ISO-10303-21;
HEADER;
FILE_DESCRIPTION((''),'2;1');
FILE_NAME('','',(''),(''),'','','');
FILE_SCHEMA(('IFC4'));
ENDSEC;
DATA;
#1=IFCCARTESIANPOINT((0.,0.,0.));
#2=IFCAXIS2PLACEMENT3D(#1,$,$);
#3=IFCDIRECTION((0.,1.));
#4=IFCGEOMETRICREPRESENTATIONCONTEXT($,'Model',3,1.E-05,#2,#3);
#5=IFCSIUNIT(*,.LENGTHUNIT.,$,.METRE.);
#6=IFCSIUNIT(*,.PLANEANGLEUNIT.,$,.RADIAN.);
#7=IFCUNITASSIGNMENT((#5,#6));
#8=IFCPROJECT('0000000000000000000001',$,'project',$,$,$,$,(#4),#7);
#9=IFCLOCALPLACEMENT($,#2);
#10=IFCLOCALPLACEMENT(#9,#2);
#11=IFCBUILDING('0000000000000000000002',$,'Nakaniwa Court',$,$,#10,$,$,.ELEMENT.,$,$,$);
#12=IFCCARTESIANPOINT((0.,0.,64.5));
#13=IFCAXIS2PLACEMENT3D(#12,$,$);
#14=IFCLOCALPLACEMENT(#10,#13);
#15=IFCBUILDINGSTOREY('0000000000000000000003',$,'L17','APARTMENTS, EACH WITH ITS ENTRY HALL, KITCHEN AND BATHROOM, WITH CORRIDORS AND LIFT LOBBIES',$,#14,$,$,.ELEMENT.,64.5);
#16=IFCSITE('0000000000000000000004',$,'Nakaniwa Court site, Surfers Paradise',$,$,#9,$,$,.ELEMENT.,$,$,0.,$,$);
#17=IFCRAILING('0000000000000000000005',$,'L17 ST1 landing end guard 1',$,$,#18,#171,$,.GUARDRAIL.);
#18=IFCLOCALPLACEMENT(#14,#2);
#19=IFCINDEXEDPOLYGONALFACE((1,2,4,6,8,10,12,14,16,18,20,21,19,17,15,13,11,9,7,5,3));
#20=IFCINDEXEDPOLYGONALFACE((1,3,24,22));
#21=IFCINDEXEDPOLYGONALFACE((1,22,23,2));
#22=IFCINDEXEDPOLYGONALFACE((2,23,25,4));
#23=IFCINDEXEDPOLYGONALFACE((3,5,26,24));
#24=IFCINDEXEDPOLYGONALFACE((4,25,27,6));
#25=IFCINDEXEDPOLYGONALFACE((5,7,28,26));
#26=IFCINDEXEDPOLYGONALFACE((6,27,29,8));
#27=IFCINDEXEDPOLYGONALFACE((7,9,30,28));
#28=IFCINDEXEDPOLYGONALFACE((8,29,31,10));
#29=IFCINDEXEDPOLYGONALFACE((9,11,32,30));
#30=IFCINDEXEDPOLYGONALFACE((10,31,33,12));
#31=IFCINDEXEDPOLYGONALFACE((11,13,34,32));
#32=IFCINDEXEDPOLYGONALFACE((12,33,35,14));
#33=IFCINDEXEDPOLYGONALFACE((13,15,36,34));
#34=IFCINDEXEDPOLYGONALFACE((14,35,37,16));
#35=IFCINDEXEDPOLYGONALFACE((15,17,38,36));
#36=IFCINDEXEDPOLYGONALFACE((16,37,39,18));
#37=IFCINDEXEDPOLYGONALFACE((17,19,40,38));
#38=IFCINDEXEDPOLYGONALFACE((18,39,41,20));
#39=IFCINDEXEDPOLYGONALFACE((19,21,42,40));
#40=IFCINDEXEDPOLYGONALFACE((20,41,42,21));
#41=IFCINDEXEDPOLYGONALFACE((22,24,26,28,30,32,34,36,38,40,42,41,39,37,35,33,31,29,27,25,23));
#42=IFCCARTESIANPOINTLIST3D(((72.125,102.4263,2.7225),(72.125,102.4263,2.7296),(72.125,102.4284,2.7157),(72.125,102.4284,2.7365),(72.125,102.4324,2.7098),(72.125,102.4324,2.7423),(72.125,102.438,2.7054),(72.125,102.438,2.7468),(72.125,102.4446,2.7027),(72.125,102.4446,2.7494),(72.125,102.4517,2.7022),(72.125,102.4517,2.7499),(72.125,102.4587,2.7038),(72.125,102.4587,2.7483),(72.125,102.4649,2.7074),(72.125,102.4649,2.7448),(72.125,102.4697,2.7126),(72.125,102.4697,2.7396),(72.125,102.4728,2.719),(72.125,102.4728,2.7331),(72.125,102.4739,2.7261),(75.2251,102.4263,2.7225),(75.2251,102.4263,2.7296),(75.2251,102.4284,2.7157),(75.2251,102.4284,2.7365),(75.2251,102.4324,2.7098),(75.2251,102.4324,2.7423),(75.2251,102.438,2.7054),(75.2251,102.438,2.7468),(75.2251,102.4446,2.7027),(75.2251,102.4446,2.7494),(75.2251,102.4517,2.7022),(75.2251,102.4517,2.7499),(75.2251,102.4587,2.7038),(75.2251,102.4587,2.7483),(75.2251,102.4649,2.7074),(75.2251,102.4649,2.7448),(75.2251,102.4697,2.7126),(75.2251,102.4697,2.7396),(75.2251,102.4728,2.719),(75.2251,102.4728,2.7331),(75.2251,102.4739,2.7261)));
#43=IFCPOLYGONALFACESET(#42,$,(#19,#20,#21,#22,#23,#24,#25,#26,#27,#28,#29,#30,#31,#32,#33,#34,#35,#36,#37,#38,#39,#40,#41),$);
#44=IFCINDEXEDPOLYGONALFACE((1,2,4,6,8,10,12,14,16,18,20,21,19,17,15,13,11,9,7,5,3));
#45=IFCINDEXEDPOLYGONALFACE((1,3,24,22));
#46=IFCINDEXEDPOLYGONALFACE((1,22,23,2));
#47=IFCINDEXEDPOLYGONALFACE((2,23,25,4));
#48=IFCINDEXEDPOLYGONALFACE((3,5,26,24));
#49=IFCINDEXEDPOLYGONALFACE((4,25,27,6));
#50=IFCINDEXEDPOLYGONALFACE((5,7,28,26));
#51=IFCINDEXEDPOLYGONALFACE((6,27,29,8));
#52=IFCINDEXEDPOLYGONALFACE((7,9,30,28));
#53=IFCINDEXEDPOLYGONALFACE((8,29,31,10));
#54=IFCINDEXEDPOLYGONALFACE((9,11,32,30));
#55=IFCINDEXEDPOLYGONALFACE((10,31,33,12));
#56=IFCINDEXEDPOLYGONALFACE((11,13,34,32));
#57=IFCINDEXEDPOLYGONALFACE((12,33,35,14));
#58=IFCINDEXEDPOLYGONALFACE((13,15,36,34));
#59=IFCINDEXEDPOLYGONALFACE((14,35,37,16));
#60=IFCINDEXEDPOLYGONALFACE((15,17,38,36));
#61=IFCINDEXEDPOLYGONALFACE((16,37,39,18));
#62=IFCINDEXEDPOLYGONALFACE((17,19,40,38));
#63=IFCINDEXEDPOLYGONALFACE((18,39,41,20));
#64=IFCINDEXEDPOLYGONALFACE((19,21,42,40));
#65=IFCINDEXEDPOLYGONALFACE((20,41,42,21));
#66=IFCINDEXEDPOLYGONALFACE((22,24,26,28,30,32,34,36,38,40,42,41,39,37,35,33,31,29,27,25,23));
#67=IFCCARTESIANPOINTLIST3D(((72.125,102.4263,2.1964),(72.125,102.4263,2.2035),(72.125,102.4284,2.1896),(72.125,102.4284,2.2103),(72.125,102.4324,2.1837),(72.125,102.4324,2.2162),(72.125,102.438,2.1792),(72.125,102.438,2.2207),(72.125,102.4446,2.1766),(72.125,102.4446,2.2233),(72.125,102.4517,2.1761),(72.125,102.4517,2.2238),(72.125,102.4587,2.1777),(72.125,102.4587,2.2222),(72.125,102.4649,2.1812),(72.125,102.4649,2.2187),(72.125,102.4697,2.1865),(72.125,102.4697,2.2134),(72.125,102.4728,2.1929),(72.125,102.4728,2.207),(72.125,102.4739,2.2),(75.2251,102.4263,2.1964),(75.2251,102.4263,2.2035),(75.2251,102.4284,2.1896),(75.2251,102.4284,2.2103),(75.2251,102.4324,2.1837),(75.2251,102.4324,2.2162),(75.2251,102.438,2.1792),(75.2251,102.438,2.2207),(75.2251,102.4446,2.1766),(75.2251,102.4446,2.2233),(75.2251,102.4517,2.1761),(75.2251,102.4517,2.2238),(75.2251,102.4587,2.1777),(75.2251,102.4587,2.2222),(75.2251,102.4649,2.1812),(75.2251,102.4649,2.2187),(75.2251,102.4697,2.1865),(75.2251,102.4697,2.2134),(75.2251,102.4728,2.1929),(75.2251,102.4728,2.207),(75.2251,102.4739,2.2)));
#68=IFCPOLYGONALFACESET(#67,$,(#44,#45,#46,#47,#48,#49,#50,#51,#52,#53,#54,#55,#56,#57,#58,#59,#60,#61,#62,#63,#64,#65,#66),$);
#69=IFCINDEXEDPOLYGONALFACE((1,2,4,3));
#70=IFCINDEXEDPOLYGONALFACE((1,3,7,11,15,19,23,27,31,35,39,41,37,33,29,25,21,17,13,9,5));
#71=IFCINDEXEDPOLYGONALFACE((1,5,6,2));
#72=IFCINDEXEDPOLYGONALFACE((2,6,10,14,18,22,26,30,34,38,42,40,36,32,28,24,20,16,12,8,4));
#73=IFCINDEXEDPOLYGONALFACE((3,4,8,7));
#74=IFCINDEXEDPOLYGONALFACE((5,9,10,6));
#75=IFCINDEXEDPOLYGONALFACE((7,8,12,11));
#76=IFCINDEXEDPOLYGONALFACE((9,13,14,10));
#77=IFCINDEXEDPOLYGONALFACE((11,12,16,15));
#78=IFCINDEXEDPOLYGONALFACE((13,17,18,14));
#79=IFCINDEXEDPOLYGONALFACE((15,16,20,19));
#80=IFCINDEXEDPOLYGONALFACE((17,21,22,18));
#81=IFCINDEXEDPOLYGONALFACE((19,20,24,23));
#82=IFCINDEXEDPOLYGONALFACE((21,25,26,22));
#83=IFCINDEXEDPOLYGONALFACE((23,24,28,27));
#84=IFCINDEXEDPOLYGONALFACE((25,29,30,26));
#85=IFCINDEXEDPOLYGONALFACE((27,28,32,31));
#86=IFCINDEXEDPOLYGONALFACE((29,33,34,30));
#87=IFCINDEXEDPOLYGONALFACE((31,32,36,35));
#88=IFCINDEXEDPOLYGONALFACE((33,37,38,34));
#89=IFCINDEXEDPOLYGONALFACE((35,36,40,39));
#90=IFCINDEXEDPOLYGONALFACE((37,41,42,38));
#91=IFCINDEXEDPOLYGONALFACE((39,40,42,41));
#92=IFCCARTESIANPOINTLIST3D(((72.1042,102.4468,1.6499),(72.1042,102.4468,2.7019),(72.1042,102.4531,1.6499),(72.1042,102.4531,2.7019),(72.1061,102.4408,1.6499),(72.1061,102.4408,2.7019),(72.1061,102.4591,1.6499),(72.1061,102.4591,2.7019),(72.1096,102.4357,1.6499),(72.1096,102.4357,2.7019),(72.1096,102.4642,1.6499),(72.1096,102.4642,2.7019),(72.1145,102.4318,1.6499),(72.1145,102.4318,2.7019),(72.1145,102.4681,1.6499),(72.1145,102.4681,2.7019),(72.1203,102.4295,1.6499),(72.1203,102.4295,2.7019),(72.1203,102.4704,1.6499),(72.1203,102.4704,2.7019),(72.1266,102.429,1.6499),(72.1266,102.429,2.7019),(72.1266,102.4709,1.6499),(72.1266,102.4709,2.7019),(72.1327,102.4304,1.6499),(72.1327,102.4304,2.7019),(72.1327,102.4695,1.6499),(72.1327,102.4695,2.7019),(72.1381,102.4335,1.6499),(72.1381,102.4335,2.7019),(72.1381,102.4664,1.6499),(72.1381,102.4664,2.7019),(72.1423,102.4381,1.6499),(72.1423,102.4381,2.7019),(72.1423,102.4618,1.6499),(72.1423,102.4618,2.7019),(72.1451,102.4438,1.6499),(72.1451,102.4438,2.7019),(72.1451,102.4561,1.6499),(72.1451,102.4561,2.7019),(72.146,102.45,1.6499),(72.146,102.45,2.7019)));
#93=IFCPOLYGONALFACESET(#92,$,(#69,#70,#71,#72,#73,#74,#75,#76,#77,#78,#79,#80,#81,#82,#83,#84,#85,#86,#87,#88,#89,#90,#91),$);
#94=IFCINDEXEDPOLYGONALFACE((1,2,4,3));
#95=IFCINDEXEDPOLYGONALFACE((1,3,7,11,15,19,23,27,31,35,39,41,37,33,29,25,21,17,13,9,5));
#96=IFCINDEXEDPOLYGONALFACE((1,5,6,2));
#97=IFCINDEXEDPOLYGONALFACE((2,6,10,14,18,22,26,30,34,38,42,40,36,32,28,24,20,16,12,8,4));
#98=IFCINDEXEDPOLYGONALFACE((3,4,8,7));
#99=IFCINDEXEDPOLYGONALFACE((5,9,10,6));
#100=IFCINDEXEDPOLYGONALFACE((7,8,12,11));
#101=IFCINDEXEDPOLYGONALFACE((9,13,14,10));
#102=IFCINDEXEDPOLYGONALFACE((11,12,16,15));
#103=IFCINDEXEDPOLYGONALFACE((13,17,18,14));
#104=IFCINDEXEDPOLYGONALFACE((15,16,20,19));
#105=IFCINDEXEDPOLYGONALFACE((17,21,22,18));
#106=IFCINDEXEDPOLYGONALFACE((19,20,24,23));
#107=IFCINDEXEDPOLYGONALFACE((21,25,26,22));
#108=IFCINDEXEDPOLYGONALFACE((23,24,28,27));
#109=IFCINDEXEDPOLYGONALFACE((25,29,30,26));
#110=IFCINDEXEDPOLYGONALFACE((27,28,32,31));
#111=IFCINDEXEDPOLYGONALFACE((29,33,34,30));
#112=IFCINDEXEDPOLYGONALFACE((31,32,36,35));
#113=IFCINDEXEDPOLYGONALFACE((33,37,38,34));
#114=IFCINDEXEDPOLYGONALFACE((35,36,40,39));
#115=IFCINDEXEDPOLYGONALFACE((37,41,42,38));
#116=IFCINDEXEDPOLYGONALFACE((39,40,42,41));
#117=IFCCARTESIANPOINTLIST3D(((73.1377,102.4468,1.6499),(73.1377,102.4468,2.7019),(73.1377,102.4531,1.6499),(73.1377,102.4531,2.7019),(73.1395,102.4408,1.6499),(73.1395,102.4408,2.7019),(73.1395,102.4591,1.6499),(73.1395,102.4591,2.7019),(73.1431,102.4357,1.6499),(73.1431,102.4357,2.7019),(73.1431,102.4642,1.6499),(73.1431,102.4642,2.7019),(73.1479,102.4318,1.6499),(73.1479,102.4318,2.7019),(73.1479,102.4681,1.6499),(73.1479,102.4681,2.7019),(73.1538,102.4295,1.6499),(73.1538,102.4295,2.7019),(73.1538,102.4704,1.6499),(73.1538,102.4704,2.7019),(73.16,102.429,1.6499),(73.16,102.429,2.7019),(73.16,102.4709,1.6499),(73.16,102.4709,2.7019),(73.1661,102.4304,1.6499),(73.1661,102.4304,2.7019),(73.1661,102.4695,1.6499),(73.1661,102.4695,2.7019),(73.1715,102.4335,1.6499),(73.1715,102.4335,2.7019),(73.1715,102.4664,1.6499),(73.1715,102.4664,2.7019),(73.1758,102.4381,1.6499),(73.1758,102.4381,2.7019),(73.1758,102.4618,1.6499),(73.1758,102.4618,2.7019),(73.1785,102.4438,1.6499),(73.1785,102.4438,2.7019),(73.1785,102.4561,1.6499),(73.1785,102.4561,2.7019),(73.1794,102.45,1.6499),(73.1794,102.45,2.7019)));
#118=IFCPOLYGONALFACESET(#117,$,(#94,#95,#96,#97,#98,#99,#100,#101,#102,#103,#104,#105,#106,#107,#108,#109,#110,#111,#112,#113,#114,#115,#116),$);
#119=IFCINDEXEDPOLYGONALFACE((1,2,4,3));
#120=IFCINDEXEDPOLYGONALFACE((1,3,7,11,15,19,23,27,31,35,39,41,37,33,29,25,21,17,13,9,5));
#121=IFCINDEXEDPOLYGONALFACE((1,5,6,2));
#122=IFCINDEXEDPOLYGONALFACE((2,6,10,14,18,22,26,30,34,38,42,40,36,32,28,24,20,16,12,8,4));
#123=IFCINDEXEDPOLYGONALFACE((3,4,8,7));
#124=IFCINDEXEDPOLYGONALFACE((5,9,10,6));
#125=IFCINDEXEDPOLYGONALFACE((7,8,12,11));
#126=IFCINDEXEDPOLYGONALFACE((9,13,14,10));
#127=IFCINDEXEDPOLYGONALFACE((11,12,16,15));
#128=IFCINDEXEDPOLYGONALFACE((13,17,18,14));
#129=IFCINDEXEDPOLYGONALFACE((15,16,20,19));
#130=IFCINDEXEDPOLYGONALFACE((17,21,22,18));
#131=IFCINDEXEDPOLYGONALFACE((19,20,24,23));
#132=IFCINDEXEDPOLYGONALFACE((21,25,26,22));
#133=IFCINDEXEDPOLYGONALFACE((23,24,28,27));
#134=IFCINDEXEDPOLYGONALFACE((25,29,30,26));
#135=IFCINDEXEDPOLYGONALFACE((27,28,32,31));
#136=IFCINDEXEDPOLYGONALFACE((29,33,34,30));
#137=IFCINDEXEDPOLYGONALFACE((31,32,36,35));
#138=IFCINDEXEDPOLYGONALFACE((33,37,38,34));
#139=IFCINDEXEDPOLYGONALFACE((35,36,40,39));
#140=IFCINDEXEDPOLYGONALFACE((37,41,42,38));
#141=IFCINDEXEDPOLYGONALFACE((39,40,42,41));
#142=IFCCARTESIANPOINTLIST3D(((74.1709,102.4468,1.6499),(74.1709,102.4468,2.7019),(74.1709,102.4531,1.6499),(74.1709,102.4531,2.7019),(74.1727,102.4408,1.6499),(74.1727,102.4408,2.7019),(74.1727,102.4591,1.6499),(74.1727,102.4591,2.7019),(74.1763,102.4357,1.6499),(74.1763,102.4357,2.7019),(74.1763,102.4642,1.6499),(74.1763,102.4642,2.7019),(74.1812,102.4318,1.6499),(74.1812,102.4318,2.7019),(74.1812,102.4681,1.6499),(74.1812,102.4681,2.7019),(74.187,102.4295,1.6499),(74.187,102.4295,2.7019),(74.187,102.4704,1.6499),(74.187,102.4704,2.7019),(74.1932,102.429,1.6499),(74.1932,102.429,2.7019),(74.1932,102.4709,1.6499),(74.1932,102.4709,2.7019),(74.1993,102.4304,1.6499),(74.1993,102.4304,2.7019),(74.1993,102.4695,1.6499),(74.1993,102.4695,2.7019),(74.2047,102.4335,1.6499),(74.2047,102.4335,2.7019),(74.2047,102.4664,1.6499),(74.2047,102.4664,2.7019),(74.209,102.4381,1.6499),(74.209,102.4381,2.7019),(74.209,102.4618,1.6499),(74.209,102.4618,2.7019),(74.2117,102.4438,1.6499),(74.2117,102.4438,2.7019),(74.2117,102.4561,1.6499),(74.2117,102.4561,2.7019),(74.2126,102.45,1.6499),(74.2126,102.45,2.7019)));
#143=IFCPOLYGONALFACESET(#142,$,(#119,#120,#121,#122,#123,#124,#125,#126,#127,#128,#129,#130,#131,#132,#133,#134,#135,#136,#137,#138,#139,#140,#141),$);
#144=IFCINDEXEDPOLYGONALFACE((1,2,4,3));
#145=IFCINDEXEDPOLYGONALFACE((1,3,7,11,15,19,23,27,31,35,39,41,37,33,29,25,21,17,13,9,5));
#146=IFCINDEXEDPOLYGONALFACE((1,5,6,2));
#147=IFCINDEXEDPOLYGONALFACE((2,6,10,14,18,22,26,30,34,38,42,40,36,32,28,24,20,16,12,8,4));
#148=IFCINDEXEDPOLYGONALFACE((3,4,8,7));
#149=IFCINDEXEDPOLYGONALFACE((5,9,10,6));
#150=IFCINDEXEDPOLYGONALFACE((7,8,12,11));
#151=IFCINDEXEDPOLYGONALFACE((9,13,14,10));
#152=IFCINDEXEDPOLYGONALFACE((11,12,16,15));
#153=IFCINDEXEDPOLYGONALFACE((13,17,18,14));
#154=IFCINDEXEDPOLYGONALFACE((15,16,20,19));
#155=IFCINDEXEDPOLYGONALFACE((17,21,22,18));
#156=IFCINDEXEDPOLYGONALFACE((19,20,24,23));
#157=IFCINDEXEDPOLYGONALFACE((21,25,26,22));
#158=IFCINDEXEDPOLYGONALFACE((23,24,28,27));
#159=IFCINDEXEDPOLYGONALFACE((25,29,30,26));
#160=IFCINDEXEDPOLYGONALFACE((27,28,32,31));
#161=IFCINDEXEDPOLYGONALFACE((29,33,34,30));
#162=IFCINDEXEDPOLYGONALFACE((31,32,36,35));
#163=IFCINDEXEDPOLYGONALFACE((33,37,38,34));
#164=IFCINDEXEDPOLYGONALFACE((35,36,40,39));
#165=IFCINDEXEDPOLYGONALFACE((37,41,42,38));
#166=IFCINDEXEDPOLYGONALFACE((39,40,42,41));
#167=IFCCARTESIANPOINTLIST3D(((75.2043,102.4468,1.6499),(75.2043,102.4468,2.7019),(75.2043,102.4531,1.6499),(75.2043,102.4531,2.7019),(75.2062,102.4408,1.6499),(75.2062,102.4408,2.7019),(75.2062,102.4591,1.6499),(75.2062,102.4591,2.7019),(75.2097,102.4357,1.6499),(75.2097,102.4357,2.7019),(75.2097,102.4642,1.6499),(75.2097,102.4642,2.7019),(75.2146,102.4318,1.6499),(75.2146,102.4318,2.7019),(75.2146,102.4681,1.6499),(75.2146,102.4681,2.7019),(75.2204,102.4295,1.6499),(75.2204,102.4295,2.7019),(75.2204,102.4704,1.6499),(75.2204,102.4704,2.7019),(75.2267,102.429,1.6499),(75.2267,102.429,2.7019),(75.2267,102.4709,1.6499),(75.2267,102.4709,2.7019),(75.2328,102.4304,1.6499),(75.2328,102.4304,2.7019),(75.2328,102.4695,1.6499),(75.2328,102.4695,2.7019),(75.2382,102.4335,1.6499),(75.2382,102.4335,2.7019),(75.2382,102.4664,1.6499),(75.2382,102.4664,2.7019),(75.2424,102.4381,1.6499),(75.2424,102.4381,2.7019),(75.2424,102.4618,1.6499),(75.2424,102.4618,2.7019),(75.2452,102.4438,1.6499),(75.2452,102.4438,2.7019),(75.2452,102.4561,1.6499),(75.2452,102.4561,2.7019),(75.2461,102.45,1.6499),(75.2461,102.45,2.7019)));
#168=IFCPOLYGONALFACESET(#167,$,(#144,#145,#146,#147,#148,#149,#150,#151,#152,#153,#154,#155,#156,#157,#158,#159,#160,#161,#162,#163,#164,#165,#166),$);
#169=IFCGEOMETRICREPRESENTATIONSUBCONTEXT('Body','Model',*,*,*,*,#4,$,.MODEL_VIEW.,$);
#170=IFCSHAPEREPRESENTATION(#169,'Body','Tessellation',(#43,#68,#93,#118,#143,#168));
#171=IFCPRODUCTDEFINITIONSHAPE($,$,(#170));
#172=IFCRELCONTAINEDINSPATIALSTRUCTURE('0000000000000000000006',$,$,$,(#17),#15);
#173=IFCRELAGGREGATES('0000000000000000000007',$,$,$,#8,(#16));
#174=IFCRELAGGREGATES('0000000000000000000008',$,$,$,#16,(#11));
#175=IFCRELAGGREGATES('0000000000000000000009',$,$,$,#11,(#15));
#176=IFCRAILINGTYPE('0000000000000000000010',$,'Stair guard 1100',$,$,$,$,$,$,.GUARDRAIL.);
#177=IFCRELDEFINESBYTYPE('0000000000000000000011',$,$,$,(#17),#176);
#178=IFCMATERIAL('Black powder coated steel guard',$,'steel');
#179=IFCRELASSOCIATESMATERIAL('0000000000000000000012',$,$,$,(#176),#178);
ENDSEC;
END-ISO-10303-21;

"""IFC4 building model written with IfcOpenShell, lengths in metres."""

from ifc_helpers import new_model, si_unit, direction, frame, origin, origin_2d, place, context, subcontext, project, spatial, circle, extrude, material, type_object, element, save


model = new_model("IFC4")

# Units and contexts
model_context = context("Model", 3, precision=1e-05, world=origin(), true_north=direction((0.0, 1.0)))
body_context = subcontext(model_context, "Body", "Model", "MODEL_VIEW")
ifc_project = project(units=[si_unit("LENGTHUNIT", "METRE"), si_unit("PLANEANGLEUNIT", "RADIAN")], contexts=[model_context])

# Site, building, storey
site_placement = place(None, origin())
site = spatial("IfcSite", under=ifc_project, at=site_placement, Name="Nakaniwa Court site, Surfers Paradise", CompositionType="ELEMENT", RefElevation=0.0)
building_placement = place(site_placement, origin())
building = spatial("IfcBuilding", under=site, at=building_placement, Name="Nakaniwa Court", CompositionType="ELEMENT")
storey_placement = place(building_placement, frame((0.0, 0.0, 64.5)))
storey = spatial("IfcBuildingStorey", under=building, at=storey_placement, Name="L17", Description="APARTMENTS, EACH WITH ITS ENTRY HALL, KITCHEN AND BATHROOM, WITH CORRIDORS AND LIFT LOBBIES", CompositionType="ELEMENT", Elevation=64.5)

# Railing
ifc_material_1 = material(Name="Black powder coated steel guard", Category="steel")
railing_type_1 = type_object("IfcRailingType", Name="Stair guard 1100", PredefinedType="GUARDRAIL", material=ifc_material_1)
railing_1_placement = place(storey_placement, frame((72.125, 102.45, 1.6499)))
element("IfcRailing", 1, at=railing_1_placement, inside=storey, type_object=railing_type_1, Name="L17 ST1 landing end guard 1", PredefinedType="GUARDRAIL", context=body_context, shape_type="SweptSolid", body=[
    extrude(circle(Radius=0.0239, at=origin_2d()), frame((0.0, 0.0, 1.0762), z_axis=(1.0, 0.0, 0.0), x_axis=(0.0, 1.0, 0.0)), (0.0, 0.0, 1.0), 3.1001),
    extrude(circle(Radius=0.0239, at=origin_2d()), frame((0.0, 0.0, 0.55), z_axis=(1.0, 0.0, 0.0), x_axis=(0.0, 1.0, 0.0)), (0.0, 0.0, 1.0), 3.1001),
    extrude(circle(Radius=0.021, at=origin_2d()), origin(), (0.0, 0.0, 1.0), 1.052),
    extrude(circle(Radius=0.021, at=origin_2d()), frame((1.0334, 0.0, 0.0)), (0.0, 0.0, 1.0), 1.052),
    extrude(circle(Radius=0.021, at=origin_2d()), frame((2.0667, 0.0, 0.0)), (0.0, 0.0, 1.0), 1.052),
    extrude(circle(Radius=0.021, at=origin_2d()), frame((3.1001, 0.0, 0.0)), (0.0, 0.0, 1.0), 1.052),
])

save(model, "model.ifc")
